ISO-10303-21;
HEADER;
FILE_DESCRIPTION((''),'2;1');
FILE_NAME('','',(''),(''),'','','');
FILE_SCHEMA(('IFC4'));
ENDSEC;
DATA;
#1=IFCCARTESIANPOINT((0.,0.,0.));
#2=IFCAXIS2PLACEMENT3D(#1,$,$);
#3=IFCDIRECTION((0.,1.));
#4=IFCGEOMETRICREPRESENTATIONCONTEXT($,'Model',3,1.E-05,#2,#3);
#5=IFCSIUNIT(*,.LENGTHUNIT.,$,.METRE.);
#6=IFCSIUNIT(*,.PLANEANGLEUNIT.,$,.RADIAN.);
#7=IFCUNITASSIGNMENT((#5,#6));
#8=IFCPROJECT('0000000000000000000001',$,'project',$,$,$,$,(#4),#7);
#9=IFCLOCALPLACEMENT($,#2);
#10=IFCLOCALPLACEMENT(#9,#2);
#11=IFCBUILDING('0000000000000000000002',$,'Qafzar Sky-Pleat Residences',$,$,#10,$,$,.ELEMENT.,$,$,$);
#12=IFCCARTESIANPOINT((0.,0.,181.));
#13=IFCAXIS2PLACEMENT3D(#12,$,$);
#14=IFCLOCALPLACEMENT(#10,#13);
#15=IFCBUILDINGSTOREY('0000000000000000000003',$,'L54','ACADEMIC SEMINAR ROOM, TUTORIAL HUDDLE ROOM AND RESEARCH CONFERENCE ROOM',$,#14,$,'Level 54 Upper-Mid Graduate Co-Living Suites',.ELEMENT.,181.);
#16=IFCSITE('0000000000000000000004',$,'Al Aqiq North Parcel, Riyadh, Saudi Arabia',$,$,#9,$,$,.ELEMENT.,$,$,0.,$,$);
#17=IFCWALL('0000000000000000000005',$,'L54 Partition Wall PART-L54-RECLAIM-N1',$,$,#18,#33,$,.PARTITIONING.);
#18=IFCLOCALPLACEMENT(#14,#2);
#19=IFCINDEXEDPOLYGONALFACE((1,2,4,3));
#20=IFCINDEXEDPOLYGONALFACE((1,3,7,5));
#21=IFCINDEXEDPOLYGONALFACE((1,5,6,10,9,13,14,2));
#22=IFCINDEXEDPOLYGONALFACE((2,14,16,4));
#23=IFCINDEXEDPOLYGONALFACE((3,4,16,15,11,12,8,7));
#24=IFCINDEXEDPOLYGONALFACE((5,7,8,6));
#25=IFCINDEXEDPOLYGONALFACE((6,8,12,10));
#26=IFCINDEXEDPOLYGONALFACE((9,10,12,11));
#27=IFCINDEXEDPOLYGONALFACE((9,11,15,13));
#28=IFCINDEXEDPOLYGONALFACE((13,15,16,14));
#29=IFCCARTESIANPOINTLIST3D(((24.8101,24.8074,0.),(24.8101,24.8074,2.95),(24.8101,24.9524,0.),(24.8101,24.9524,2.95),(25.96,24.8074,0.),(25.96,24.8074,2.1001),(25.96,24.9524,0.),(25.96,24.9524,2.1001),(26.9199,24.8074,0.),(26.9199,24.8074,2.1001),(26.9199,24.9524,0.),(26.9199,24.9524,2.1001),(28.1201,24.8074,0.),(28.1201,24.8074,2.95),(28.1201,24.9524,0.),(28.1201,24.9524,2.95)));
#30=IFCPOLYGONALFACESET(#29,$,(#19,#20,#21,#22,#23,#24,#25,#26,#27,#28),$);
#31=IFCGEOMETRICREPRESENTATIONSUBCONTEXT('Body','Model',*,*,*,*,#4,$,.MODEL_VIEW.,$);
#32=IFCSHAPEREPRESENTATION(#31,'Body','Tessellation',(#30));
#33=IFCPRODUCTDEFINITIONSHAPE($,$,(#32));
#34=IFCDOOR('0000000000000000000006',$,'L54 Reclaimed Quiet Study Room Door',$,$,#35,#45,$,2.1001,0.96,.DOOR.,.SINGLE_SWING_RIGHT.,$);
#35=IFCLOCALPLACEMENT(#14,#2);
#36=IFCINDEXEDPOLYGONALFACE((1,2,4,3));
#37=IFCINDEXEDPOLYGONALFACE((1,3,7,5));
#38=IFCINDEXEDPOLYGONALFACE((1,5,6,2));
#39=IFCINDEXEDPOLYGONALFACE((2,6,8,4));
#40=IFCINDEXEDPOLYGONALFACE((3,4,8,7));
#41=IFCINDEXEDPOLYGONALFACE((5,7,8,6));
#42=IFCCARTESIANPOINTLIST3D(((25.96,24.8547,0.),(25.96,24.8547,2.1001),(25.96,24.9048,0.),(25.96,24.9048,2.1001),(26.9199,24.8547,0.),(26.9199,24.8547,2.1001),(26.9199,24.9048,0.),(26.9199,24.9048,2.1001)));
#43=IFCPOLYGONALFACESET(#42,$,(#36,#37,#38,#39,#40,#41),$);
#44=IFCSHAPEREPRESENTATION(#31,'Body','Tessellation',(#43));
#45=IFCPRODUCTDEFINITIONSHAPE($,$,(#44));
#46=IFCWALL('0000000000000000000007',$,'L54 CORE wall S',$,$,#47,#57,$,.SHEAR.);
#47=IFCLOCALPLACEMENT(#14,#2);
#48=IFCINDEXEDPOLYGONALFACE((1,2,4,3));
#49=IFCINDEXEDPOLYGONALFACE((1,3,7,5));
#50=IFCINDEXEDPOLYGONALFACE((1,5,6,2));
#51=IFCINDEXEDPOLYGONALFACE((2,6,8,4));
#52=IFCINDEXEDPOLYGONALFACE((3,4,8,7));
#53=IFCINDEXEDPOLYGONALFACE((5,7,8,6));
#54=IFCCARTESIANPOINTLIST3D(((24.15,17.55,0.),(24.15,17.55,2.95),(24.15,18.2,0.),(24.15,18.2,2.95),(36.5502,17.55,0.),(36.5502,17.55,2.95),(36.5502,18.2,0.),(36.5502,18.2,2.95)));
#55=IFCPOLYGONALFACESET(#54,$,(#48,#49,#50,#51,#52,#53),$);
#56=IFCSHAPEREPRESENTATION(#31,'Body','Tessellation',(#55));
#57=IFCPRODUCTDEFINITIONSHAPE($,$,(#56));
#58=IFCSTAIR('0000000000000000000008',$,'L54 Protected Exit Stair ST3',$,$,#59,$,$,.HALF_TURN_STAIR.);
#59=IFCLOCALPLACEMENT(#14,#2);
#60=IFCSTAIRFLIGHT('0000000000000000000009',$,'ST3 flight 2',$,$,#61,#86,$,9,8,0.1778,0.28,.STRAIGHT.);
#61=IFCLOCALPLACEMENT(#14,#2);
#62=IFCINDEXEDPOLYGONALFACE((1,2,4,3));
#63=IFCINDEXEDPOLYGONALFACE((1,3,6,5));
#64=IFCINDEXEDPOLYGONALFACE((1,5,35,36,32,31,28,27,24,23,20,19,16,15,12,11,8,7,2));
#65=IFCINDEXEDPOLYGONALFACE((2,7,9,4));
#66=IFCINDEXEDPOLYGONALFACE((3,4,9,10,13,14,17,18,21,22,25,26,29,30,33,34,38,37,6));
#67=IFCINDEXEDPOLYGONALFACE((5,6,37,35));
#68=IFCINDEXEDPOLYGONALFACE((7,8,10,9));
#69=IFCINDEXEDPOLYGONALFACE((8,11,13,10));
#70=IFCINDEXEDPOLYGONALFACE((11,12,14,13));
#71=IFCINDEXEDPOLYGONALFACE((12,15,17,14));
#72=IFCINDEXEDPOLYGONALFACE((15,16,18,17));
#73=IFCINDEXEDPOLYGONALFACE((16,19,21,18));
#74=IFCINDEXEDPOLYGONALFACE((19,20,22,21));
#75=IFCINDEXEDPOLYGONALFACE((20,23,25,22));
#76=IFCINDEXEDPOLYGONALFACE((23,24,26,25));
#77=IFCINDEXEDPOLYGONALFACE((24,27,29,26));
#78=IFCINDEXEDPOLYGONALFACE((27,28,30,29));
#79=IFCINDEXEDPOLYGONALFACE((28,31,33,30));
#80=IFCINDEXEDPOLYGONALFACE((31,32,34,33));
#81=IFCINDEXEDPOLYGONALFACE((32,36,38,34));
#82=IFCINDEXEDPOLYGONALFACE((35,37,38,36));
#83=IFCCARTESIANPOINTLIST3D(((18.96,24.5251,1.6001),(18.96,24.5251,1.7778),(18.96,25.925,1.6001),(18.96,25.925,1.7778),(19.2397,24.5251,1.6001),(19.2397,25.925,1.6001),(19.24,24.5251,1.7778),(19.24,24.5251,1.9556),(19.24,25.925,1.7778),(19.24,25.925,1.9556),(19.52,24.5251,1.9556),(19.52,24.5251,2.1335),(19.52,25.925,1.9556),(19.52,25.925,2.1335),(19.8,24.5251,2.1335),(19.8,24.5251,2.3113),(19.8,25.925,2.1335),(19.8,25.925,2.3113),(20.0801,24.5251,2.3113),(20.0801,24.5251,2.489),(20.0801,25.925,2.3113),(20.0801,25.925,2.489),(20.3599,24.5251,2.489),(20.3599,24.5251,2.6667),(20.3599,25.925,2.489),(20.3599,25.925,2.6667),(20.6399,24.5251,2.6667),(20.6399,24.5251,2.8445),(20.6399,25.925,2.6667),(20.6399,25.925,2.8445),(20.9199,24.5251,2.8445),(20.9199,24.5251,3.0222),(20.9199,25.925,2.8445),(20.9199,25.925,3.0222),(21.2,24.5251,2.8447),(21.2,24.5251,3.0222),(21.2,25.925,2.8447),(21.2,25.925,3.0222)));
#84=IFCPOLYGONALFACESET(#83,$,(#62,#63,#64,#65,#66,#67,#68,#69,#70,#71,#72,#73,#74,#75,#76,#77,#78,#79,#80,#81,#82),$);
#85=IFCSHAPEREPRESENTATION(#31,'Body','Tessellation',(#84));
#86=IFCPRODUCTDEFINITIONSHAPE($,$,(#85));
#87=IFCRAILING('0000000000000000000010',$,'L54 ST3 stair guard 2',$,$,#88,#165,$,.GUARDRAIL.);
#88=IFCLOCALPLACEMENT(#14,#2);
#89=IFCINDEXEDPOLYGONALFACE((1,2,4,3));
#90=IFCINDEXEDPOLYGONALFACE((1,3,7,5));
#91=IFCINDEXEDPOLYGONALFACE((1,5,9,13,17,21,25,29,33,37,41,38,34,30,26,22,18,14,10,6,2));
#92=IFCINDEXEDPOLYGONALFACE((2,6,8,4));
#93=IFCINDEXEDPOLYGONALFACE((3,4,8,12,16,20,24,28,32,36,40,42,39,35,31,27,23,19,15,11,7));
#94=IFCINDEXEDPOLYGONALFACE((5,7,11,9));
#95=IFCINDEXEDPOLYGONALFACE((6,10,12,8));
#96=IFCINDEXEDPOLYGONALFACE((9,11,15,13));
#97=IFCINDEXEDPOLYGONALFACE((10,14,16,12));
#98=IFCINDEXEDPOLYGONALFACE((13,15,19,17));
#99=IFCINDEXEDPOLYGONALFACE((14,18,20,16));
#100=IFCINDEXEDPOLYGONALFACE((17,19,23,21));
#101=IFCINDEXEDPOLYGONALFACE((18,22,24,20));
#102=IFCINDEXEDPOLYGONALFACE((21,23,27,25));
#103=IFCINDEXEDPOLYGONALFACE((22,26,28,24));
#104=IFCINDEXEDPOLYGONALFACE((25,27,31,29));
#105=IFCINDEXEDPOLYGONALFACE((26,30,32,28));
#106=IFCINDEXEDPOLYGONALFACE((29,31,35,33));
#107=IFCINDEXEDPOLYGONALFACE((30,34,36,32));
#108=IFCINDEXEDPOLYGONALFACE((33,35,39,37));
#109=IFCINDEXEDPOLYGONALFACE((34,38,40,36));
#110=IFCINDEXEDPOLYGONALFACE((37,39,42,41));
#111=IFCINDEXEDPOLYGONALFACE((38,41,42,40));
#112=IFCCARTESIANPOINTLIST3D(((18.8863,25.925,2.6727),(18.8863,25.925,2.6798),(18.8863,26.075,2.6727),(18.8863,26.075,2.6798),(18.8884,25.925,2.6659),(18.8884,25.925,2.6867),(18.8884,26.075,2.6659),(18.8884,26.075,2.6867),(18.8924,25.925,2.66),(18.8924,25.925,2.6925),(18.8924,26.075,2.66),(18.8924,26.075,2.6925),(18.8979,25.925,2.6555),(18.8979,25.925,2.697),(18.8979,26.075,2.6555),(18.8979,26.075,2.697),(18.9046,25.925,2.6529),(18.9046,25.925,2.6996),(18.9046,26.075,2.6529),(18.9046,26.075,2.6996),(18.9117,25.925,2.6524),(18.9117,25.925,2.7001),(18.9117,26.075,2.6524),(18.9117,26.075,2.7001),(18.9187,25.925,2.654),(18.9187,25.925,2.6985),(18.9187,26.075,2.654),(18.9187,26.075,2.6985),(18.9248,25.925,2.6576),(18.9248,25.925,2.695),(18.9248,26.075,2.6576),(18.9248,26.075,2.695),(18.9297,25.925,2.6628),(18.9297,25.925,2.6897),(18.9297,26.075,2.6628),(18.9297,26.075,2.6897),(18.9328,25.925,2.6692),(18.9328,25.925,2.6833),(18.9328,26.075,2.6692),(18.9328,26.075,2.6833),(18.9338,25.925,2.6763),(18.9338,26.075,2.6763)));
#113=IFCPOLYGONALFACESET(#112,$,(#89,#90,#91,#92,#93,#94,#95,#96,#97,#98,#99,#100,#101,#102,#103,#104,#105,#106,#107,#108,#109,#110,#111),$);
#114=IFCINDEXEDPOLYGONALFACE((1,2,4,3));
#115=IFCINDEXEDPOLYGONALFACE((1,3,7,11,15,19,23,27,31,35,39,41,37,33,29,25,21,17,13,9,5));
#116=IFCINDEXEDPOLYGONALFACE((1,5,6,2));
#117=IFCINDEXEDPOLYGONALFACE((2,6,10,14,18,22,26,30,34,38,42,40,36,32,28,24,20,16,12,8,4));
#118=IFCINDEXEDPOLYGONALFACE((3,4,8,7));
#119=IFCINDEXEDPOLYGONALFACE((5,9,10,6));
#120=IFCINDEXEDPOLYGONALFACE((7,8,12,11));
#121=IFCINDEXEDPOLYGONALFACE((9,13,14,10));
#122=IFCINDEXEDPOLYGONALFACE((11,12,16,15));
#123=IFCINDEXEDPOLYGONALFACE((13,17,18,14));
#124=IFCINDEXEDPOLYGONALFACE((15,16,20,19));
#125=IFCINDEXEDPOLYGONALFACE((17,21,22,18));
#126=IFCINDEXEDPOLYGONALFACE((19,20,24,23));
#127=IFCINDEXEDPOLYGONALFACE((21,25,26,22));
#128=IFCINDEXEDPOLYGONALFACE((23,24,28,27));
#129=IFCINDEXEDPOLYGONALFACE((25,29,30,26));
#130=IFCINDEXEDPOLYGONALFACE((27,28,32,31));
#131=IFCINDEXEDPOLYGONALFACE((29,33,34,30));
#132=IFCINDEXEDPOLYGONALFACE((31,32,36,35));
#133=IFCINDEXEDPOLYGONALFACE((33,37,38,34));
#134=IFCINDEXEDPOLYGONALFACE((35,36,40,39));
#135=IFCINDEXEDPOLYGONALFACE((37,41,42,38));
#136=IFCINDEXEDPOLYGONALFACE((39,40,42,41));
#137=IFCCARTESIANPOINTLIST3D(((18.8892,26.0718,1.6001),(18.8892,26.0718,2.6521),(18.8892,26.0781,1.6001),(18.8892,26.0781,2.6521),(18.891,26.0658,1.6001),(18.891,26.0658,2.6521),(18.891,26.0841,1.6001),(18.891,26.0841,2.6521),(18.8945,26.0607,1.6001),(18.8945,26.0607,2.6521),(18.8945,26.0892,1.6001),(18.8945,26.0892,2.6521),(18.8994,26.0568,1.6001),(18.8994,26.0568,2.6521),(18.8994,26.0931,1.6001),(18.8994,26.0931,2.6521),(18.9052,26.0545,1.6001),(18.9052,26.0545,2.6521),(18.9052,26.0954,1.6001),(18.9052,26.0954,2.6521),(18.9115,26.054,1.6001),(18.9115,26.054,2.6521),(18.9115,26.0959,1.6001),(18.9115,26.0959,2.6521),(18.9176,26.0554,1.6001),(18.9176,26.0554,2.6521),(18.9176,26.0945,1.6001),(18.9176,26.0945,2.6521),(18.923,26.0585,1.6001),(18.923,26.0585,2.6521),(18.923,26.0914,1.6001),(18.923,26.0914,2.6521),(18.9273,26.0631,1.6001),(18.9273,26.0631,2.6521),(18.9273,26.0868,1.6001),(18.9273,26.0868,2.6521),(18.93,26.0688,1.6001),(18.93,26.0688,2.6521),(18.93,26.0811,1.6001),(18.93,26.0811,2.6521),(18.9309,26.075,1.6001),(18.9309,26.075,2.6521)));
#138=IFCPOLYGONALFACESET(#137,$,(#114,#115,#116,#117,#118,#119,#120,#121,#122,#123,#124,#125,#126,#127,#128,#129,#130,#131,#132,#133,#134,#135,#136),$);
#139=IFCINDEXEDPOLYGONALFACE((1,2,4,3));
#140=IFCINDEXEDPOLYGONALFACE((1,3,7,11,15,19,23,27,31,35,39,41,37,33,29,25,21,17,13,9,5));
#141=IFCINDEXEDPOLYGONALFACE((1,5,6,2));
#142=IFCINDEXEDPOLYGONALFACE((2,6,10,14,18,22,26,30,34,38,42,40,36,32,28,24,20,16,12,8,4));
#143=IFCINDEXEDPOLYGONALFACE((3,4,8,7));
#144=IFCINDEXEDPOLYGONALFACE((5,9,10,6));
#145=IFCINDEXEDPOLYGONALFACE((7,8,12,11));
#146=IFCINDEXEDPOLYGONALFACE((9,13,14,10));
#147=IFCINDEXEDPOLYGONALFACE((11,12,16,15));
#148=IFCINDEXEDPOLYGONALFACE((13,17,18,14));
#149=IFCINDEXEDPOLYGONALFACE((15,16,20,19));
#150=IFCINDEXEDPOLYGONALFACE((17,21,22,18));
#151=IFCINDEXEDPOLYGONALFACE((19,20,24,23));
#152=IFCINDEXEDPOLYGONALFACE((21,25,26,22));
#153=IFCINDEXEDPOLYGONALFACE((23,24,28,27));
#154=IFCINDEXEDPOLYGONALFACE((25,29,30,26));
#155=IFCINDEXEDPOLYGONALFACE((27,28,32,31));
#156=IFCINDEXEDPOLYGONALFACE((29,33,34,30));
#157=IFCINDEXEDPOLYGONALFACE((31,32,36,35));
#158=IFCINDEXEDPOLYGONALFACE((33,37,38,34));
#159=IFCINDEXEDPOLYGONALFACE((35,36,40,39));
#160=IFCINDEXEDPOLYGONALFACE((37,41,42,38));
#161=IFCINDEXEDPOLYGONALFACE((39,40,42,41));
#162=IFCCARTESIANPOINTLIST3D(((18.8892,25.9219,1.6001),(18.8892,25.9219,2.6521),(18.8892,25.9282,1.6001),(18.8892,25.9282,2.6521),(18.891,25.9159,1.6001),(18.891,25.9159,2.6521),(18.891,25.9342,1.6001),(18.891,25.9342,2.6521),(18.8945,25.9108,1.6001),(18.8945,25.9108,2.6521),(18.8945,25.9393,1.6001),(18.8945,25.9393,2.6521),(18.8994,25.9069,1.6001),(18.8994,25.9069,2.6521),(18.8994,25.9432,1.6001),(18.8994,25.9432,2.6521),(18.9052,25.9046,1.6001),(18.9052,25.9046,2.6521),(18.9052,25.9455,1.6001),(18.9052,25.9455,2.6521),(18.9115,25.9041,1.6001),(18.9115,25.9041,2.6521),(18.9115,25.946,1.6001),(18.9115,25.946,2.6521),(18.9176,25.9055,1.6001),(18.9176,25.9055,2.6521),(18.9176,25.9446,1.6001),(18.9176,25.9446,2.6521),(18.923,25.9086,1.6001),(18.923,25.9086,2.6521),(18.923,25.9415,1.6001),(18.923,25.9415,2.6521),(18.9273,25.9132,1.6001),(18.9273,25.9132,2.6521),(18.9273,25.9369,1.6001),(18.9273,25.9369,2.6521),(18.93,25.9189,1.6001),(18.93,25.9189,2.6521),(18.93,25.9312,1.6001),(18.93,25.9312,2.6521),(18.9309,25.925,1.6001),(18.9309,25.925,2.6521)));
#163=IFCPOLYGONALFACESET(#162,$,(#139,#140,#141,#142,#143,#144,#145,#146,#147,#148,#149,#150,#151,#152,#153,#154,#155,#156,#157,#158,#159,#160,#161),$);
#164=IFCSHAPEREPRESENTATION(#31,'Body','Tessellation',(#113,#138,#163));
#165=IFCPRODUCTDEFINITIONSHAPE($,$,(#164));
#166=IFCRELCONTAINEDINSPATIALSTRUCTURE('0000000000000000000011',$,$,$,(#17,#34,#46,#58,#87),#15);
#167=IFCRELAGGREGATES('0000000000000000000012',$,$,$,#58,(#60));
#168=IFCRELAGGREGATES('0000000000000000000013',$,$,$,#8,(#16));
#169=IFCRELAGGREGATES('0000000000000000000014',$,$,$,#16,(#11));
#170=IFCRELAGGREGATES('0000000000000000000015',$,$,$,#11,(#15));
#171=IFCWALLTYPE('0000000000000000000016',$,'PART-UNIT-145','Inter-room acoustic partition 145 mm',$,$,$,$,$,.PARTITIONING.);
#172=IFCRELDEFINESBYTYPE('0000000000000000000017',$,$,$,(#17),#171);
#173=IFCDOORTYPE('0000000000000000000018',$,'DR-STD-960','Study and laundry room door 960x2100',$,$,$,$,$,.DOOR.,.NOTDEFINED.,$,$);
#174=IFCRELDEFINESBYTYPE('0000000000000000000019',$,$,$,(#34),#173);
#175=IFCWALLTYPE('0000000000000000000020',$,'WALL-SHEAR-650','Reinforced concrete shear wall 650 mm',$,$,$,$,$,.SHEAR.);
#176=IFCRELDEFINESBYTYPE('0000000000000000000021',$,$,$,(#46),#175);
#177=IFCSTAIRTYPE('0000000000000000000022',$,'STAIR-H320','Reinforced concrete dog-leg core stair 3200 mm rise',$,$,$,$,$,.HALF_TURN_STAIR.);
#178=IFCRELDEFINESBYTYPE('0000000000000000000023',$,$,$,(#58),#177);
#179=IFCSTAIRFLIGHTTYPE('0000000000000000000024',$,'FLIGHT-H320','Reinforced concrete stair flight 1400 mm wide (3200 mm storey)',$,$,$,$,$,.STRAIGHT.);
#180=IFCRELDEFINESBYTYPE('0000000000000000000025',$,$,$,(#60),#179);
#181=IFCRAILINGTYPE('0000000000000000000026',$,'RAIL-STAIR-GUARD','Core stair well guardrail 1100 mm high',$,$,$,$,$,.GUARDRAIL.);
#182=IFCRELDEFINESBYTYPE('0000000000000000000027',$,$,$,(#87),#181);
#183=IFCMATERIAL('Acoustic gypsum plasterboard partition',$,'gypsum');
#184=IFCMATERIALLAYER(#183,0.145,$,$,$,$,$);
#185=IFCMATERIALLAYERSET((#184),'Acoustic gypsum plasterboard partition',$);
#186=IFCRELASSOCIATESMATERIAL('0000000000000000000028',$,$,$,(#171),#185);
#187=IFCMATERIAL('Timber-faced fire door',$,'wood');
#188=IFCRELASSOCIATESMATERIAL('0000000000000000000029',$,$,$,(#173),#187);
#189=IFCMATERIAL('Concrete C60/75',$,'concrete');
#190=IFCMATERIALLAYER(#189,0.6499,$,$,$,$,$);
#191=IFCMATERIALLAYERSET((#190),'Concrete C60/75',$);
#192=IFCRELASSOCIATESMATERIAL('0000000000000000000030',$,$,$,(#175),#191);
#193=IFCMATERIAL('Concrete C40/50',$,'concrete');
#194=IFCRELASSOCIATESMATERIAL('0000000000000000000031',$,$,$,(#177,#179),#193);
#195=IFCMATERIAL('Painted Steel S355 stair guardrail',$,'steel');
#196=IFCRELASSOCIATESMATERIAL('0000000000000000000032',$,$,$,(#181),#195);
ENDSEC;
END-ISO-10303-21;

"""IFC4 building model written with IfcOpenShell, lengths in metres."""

from ifc_helpers import new_model, si_unit, direction, frame, frame_2d, origin, origin_2d, place, context, subcontext, project, spatial, polyline, rectangle, circle, outline, extrude, source, transform, mapped, material, layer, layer_set, type_object, element, fill, aggregate, save


model = new_model("IFC4")

# Units and contexts
model_context = context("Model", 3, precision=1e-05, world=origin(), true_north=direction((0.0, 1.0)))
body_context = subcontext(model_context, "Body", "Model", "MODEL_VIEW")
ifc_project = project(units=[si_unit("LENGTHUNIT", "METRE"), si_unit("PLANEANGLEUNIT", "RADIAN")], contexts=[model_context])

# Site, building, storey
site_placement = place(None, origin())
site = spatial("IfcSite", under=ifc_project, at=site_placement, Name="Al Aqiq North Parcel, Riyadh, Saudi Arabia", CompositionType="ELEMENT", RefElevation=0.0)
building_placement = place(site_placement, origin())
building = spatial("IfcBuilding", under=site, at=building_placement, Name="Qafzar Sky-Pleat Residences", CompositionType="ELEMENT")
storey_placement = place(building_placement, frame((0.0, 0.0, 181.0)))
storey = spatial("IfcBuildingStorey", under=building, at=storey_placement, Name="L54", Description="ACADEMIC SEMINAR ROOM, TUTORIAL HUDDLE ROOM AND RESEARCH CONFERENCE ROOM", LongName="Level 54 Upper-Mid Graduate Co-Living Suites", CompositionType="ELEMENT", Elevation=181.0)

# Shared definitions
ifc_material_1 = material(Name="Acoustic gypsum plasterboard partition", Category="gypsum")
ifc_material_2 = material(Name="Timber-faced fire door", Category="wood")

# Wall, opening, door
ifc_layer_1 = layer(ifc_material_1, 0.145)
ifc_layer_set_1 = layer_set([ifc_layer_1], Name="Acoustic gypsum plasterboard partition")
wall_type_1 = type_object("IfcWallType", Name="PART-UNIT-145", Description="Inter-room acoustic partition 145 mm", PredefinedType="PARTITIONING", material=ifc_layer_set_1)
wall_1_placement = place(storey_placement, frame((24.8101, 24.8799, 0.0), z_axis=(0.0, 0.0, 1.0), x_axis=(1.0, 0.0, 0.0)))
wall_1 = element("IfcWall", 1, at=wall_1_placement, inside=storey, type_object=wall_type_1, Name="L54 Partition Wall PART-L54-RECLAIM-N1", PredefinedType="PARTITIONING", context=body_context, shape_type="SweptSolid", body=[
    extrude(rectangle(XDim=3.3101, YDim=0.145, at=frame_2d((1.655, 0.0))), origin(), (0.0, 0.0, 1.0), 2.95),
])
opening_1_placement = place(wall_1_placement, frame((1.1499, 0.0, 0.0)))
opening_1 = element("IfcOpeningElement", 2, at=opening_1_placement, cuts=wall_1, PredefinedType="OPENING", context=body_context, shape_type="SweptSolid", body=[
    extrude(rectangle(XDim=0.96, YDim=2.1001, at=frame_2d((0.48, 1.05))), frame((0.0, 0.0825, 0.0), z_axis=(0.0, -1.0, 0.0), x_axis=(1.0, 0.0, 0.0)), (0.0, 0.0, 1.0), 0.165),
])
door_type_1 = type_object("IfcDoorType", Name="DR-STD-960", Description="Study and laundry room door 960x2100", OperationType="NOTDEFINED", PredefinedType="DOOR", material=ifc_material_2)
shared_shape_1 = source(origin(), body_context, "Body", "SweptSolid", [
    extrude(rectangle(XDim=0.96, YDim=2.1001, at=frame_2d((0.48, 1.05))), frame((0.0, 0.0249, 0.0), z_axis=(0.0, -1.0, 0.0), x_axis=(1.0, 0.0, 0.0)), (0.0, 0.0, 1.0), 0.05),
])
door_1_placement = place(opening_1_placement, origin())
door_1 = element("IfcDoor", 3, at=door_1_placement, inside=storey, type_object=door_type_1, Name="L54 Reclaimed Quiet Study Room Door", OperationType="SINGLE_SWING_RIGHT", OverallHeight=2.1001, OverallWidth=0.96, PredefinedType="DOOR", context=body_context, shape_type="MappedRepresentation", body=[
    mapped(shared_shape_1, transform((0.0, 0.0, 0.0), x_axis=(1.0, 0.0, 0.0), y_axis=(0.0, 1.0, 0.0), z_axis=(0.0, 0.0, 1.0), scale=1.0)),
])
fill(opening_1, door_1)

# Shared definitions
ifc_material_3 = material(Name="Concrete C60/75", Category="concrete")

# Wall
ifc_layer_2 = layer(ifc_material_3, 0.6499)
ifc_layer_set_2 = layer_set([ifc_layer_2], Name="Concrete C60/75")
wall_type_2 = type_object("IfcWallType", Name="WALL-SHEAR-650", Description="Reinforced concrete shear wall 650 mm", PredefinedType="SHEAR", material=ifc_layer_set_2)
wall_2_placement = place(storey_placement, frame((24.1499, 17.875, 0.0), z_axis=(0.0, 0.0, 1.0), x_axis=(1.0, 0.0, 0.0)))
element("IfcWall", 4, at=wall_2_placement, inside=storey, type_object=wall_type_2, Name="L54 CORE wall S", PredefinedType="SHEAR", context=body_context, shape_type="SweptSolid", body=[
    extrude(rectangle(XDim=12.4001, YDim=0.6499, at=frame_2d((6.2002, 0.0))), origin(), (0.0, 0.0, 1.0), 2.95),
])

# Stair, stair flight
ifc_material_4 = material(Name="Concrete C40/50", Category="concrete")
stair_type = type_object("IfcStairType", Name="STAIR-H320", Description="Reinforced concrete dog-leg core stair 3200 mm rise", PredefinedType="HALF_TURN_STAIR", material=ifc_material_4)
stair_placement = place(storey_placement, origin())
stair = element("IfcStair", 5, at=stair_placement, inside=storey, type_object=stair_type, Name="L54 Protected Exit Stair ST3", PredefinedType="HALF_TURN_STAIR")
stair_flight_type = type_object("IfcStairFlightType", Name="FLIGHT-H320", Description="Reinforced concrete stair flight 1400 mm wide (3200 mm storey)", PredefinedType="STRAIGHT", material=ifc_material_4)
shared_shape_2 = source(origin(), body_context, "Body", "SweptSolid", [
    extrude(outline(polyline([(0.0, 0.0), (0.0, 0.1777), (0.28, 0.1777), (0.28, 0.3555), (0.5601, 0.3555), (0.5601, 0.5334), (0.8401, 0.5334), (0.8401, 0.7112), (1.1201, 0.7112), (1.1201, 0.8889), (1.3999, 0.8889), (1.3999, 1.0667), (1.6799, 1.0667), (1.6799, 1.2444), (1.96, 1.2444), (1.96, 1.4221), (2.24, 1.4221), (2.24, 1.6001), (2.24, 1.2446), (0.2798, 0.0), (0.0, 0.0)])), frame((0.0, 0.7, 0.0), z_axis=(0.0, -1.0, 0.0), x_axis=(1.0, 0.0, 0.0)), (0.0, 0.0, 1.0), 1.3999),
])
stair_flight_placement = place(storey_placement, frame((18.96, 25.2251, 1.6001), z_axis=(0.0, 0.0, 1.0), x_axis=(1.0, 0.0, 0.0)))
stair_flight = element("IfcStairFlight", 6, at=stair_flight_placement, type_object=stair_flight_type, Name="ST3 flight 2", NumberOfRisers=9, NumberOfTreads=8, PredefinedType="STRAIGHT", RiserHeight=0.1778, TreadLength=0.28, context=body_context, shape_type="MappedRepresentation", body=[
    mapped(shared_shape_2, transform((0.0, 0.0, 0.0), x_axis=(1.0, 0.0, 0.0), y_axis=(0.0, 1.0, 0.0), z_axis=(0.0, 0.0, 1.0), scale=1.0)),
])
aggregate(stair, [stair_flight])

# Railing
ifc_material_5 = material(Name="Painted Steel S355 stair guardrail", Category="steel")
railing_type_1 = type_object("IfcRailingType", Name="RAIL-STAIR-GUARD", Description="Core stair well guardrail 1100 mm high", PredefinedType="GUARDRAIL", material=ifc_material_5)
shared_shape_3 = source(origin(), body_context, "Body", "SweptSolid", [
    extrude(circle(Radius=0.0239, at=origin_2d()), frame((0.0, 0.0, 1.0762), z_axis=(0.0, -1.0, 0.0), x_axis=(1.0, 0.0, 0.0)), (0.0, 0.0, 1.0), 0.1499),
    extrude(circle(Radius=0.021, at=origin_2d()), origin(), (0.0, 0.0, 1.0), 1.052),
    extrude(circle(Radius=0.021, at=origin_2d()), frame((0.0, -0.1499, 0.0)), (0.0, 0.0, 1.0), 1.052),
])
for number, where, name in (
    (7, (18.9099, 26.075, 1.6001), "L54 ST3 stair guard 2"),
):
    element("IfcRailing", number, at=place(storey_placement, frame(where)), inside=storey, type_object=railing_type_1, Name=name, PredefinedType="GUARDRAIL", context=body_context, shape_type="MappedRepresentation", body=[
        mapped(shared_shape_3, transform((0.0, 0.0, 0.0), x_axis=(1.0, 0.0, 0.0), y_axis=(0.0, 1.0, 0.0), z_axis=(0.0, 0.0, 1.0), scale=1.0)),
    ])

save(model, "model.ifc")
